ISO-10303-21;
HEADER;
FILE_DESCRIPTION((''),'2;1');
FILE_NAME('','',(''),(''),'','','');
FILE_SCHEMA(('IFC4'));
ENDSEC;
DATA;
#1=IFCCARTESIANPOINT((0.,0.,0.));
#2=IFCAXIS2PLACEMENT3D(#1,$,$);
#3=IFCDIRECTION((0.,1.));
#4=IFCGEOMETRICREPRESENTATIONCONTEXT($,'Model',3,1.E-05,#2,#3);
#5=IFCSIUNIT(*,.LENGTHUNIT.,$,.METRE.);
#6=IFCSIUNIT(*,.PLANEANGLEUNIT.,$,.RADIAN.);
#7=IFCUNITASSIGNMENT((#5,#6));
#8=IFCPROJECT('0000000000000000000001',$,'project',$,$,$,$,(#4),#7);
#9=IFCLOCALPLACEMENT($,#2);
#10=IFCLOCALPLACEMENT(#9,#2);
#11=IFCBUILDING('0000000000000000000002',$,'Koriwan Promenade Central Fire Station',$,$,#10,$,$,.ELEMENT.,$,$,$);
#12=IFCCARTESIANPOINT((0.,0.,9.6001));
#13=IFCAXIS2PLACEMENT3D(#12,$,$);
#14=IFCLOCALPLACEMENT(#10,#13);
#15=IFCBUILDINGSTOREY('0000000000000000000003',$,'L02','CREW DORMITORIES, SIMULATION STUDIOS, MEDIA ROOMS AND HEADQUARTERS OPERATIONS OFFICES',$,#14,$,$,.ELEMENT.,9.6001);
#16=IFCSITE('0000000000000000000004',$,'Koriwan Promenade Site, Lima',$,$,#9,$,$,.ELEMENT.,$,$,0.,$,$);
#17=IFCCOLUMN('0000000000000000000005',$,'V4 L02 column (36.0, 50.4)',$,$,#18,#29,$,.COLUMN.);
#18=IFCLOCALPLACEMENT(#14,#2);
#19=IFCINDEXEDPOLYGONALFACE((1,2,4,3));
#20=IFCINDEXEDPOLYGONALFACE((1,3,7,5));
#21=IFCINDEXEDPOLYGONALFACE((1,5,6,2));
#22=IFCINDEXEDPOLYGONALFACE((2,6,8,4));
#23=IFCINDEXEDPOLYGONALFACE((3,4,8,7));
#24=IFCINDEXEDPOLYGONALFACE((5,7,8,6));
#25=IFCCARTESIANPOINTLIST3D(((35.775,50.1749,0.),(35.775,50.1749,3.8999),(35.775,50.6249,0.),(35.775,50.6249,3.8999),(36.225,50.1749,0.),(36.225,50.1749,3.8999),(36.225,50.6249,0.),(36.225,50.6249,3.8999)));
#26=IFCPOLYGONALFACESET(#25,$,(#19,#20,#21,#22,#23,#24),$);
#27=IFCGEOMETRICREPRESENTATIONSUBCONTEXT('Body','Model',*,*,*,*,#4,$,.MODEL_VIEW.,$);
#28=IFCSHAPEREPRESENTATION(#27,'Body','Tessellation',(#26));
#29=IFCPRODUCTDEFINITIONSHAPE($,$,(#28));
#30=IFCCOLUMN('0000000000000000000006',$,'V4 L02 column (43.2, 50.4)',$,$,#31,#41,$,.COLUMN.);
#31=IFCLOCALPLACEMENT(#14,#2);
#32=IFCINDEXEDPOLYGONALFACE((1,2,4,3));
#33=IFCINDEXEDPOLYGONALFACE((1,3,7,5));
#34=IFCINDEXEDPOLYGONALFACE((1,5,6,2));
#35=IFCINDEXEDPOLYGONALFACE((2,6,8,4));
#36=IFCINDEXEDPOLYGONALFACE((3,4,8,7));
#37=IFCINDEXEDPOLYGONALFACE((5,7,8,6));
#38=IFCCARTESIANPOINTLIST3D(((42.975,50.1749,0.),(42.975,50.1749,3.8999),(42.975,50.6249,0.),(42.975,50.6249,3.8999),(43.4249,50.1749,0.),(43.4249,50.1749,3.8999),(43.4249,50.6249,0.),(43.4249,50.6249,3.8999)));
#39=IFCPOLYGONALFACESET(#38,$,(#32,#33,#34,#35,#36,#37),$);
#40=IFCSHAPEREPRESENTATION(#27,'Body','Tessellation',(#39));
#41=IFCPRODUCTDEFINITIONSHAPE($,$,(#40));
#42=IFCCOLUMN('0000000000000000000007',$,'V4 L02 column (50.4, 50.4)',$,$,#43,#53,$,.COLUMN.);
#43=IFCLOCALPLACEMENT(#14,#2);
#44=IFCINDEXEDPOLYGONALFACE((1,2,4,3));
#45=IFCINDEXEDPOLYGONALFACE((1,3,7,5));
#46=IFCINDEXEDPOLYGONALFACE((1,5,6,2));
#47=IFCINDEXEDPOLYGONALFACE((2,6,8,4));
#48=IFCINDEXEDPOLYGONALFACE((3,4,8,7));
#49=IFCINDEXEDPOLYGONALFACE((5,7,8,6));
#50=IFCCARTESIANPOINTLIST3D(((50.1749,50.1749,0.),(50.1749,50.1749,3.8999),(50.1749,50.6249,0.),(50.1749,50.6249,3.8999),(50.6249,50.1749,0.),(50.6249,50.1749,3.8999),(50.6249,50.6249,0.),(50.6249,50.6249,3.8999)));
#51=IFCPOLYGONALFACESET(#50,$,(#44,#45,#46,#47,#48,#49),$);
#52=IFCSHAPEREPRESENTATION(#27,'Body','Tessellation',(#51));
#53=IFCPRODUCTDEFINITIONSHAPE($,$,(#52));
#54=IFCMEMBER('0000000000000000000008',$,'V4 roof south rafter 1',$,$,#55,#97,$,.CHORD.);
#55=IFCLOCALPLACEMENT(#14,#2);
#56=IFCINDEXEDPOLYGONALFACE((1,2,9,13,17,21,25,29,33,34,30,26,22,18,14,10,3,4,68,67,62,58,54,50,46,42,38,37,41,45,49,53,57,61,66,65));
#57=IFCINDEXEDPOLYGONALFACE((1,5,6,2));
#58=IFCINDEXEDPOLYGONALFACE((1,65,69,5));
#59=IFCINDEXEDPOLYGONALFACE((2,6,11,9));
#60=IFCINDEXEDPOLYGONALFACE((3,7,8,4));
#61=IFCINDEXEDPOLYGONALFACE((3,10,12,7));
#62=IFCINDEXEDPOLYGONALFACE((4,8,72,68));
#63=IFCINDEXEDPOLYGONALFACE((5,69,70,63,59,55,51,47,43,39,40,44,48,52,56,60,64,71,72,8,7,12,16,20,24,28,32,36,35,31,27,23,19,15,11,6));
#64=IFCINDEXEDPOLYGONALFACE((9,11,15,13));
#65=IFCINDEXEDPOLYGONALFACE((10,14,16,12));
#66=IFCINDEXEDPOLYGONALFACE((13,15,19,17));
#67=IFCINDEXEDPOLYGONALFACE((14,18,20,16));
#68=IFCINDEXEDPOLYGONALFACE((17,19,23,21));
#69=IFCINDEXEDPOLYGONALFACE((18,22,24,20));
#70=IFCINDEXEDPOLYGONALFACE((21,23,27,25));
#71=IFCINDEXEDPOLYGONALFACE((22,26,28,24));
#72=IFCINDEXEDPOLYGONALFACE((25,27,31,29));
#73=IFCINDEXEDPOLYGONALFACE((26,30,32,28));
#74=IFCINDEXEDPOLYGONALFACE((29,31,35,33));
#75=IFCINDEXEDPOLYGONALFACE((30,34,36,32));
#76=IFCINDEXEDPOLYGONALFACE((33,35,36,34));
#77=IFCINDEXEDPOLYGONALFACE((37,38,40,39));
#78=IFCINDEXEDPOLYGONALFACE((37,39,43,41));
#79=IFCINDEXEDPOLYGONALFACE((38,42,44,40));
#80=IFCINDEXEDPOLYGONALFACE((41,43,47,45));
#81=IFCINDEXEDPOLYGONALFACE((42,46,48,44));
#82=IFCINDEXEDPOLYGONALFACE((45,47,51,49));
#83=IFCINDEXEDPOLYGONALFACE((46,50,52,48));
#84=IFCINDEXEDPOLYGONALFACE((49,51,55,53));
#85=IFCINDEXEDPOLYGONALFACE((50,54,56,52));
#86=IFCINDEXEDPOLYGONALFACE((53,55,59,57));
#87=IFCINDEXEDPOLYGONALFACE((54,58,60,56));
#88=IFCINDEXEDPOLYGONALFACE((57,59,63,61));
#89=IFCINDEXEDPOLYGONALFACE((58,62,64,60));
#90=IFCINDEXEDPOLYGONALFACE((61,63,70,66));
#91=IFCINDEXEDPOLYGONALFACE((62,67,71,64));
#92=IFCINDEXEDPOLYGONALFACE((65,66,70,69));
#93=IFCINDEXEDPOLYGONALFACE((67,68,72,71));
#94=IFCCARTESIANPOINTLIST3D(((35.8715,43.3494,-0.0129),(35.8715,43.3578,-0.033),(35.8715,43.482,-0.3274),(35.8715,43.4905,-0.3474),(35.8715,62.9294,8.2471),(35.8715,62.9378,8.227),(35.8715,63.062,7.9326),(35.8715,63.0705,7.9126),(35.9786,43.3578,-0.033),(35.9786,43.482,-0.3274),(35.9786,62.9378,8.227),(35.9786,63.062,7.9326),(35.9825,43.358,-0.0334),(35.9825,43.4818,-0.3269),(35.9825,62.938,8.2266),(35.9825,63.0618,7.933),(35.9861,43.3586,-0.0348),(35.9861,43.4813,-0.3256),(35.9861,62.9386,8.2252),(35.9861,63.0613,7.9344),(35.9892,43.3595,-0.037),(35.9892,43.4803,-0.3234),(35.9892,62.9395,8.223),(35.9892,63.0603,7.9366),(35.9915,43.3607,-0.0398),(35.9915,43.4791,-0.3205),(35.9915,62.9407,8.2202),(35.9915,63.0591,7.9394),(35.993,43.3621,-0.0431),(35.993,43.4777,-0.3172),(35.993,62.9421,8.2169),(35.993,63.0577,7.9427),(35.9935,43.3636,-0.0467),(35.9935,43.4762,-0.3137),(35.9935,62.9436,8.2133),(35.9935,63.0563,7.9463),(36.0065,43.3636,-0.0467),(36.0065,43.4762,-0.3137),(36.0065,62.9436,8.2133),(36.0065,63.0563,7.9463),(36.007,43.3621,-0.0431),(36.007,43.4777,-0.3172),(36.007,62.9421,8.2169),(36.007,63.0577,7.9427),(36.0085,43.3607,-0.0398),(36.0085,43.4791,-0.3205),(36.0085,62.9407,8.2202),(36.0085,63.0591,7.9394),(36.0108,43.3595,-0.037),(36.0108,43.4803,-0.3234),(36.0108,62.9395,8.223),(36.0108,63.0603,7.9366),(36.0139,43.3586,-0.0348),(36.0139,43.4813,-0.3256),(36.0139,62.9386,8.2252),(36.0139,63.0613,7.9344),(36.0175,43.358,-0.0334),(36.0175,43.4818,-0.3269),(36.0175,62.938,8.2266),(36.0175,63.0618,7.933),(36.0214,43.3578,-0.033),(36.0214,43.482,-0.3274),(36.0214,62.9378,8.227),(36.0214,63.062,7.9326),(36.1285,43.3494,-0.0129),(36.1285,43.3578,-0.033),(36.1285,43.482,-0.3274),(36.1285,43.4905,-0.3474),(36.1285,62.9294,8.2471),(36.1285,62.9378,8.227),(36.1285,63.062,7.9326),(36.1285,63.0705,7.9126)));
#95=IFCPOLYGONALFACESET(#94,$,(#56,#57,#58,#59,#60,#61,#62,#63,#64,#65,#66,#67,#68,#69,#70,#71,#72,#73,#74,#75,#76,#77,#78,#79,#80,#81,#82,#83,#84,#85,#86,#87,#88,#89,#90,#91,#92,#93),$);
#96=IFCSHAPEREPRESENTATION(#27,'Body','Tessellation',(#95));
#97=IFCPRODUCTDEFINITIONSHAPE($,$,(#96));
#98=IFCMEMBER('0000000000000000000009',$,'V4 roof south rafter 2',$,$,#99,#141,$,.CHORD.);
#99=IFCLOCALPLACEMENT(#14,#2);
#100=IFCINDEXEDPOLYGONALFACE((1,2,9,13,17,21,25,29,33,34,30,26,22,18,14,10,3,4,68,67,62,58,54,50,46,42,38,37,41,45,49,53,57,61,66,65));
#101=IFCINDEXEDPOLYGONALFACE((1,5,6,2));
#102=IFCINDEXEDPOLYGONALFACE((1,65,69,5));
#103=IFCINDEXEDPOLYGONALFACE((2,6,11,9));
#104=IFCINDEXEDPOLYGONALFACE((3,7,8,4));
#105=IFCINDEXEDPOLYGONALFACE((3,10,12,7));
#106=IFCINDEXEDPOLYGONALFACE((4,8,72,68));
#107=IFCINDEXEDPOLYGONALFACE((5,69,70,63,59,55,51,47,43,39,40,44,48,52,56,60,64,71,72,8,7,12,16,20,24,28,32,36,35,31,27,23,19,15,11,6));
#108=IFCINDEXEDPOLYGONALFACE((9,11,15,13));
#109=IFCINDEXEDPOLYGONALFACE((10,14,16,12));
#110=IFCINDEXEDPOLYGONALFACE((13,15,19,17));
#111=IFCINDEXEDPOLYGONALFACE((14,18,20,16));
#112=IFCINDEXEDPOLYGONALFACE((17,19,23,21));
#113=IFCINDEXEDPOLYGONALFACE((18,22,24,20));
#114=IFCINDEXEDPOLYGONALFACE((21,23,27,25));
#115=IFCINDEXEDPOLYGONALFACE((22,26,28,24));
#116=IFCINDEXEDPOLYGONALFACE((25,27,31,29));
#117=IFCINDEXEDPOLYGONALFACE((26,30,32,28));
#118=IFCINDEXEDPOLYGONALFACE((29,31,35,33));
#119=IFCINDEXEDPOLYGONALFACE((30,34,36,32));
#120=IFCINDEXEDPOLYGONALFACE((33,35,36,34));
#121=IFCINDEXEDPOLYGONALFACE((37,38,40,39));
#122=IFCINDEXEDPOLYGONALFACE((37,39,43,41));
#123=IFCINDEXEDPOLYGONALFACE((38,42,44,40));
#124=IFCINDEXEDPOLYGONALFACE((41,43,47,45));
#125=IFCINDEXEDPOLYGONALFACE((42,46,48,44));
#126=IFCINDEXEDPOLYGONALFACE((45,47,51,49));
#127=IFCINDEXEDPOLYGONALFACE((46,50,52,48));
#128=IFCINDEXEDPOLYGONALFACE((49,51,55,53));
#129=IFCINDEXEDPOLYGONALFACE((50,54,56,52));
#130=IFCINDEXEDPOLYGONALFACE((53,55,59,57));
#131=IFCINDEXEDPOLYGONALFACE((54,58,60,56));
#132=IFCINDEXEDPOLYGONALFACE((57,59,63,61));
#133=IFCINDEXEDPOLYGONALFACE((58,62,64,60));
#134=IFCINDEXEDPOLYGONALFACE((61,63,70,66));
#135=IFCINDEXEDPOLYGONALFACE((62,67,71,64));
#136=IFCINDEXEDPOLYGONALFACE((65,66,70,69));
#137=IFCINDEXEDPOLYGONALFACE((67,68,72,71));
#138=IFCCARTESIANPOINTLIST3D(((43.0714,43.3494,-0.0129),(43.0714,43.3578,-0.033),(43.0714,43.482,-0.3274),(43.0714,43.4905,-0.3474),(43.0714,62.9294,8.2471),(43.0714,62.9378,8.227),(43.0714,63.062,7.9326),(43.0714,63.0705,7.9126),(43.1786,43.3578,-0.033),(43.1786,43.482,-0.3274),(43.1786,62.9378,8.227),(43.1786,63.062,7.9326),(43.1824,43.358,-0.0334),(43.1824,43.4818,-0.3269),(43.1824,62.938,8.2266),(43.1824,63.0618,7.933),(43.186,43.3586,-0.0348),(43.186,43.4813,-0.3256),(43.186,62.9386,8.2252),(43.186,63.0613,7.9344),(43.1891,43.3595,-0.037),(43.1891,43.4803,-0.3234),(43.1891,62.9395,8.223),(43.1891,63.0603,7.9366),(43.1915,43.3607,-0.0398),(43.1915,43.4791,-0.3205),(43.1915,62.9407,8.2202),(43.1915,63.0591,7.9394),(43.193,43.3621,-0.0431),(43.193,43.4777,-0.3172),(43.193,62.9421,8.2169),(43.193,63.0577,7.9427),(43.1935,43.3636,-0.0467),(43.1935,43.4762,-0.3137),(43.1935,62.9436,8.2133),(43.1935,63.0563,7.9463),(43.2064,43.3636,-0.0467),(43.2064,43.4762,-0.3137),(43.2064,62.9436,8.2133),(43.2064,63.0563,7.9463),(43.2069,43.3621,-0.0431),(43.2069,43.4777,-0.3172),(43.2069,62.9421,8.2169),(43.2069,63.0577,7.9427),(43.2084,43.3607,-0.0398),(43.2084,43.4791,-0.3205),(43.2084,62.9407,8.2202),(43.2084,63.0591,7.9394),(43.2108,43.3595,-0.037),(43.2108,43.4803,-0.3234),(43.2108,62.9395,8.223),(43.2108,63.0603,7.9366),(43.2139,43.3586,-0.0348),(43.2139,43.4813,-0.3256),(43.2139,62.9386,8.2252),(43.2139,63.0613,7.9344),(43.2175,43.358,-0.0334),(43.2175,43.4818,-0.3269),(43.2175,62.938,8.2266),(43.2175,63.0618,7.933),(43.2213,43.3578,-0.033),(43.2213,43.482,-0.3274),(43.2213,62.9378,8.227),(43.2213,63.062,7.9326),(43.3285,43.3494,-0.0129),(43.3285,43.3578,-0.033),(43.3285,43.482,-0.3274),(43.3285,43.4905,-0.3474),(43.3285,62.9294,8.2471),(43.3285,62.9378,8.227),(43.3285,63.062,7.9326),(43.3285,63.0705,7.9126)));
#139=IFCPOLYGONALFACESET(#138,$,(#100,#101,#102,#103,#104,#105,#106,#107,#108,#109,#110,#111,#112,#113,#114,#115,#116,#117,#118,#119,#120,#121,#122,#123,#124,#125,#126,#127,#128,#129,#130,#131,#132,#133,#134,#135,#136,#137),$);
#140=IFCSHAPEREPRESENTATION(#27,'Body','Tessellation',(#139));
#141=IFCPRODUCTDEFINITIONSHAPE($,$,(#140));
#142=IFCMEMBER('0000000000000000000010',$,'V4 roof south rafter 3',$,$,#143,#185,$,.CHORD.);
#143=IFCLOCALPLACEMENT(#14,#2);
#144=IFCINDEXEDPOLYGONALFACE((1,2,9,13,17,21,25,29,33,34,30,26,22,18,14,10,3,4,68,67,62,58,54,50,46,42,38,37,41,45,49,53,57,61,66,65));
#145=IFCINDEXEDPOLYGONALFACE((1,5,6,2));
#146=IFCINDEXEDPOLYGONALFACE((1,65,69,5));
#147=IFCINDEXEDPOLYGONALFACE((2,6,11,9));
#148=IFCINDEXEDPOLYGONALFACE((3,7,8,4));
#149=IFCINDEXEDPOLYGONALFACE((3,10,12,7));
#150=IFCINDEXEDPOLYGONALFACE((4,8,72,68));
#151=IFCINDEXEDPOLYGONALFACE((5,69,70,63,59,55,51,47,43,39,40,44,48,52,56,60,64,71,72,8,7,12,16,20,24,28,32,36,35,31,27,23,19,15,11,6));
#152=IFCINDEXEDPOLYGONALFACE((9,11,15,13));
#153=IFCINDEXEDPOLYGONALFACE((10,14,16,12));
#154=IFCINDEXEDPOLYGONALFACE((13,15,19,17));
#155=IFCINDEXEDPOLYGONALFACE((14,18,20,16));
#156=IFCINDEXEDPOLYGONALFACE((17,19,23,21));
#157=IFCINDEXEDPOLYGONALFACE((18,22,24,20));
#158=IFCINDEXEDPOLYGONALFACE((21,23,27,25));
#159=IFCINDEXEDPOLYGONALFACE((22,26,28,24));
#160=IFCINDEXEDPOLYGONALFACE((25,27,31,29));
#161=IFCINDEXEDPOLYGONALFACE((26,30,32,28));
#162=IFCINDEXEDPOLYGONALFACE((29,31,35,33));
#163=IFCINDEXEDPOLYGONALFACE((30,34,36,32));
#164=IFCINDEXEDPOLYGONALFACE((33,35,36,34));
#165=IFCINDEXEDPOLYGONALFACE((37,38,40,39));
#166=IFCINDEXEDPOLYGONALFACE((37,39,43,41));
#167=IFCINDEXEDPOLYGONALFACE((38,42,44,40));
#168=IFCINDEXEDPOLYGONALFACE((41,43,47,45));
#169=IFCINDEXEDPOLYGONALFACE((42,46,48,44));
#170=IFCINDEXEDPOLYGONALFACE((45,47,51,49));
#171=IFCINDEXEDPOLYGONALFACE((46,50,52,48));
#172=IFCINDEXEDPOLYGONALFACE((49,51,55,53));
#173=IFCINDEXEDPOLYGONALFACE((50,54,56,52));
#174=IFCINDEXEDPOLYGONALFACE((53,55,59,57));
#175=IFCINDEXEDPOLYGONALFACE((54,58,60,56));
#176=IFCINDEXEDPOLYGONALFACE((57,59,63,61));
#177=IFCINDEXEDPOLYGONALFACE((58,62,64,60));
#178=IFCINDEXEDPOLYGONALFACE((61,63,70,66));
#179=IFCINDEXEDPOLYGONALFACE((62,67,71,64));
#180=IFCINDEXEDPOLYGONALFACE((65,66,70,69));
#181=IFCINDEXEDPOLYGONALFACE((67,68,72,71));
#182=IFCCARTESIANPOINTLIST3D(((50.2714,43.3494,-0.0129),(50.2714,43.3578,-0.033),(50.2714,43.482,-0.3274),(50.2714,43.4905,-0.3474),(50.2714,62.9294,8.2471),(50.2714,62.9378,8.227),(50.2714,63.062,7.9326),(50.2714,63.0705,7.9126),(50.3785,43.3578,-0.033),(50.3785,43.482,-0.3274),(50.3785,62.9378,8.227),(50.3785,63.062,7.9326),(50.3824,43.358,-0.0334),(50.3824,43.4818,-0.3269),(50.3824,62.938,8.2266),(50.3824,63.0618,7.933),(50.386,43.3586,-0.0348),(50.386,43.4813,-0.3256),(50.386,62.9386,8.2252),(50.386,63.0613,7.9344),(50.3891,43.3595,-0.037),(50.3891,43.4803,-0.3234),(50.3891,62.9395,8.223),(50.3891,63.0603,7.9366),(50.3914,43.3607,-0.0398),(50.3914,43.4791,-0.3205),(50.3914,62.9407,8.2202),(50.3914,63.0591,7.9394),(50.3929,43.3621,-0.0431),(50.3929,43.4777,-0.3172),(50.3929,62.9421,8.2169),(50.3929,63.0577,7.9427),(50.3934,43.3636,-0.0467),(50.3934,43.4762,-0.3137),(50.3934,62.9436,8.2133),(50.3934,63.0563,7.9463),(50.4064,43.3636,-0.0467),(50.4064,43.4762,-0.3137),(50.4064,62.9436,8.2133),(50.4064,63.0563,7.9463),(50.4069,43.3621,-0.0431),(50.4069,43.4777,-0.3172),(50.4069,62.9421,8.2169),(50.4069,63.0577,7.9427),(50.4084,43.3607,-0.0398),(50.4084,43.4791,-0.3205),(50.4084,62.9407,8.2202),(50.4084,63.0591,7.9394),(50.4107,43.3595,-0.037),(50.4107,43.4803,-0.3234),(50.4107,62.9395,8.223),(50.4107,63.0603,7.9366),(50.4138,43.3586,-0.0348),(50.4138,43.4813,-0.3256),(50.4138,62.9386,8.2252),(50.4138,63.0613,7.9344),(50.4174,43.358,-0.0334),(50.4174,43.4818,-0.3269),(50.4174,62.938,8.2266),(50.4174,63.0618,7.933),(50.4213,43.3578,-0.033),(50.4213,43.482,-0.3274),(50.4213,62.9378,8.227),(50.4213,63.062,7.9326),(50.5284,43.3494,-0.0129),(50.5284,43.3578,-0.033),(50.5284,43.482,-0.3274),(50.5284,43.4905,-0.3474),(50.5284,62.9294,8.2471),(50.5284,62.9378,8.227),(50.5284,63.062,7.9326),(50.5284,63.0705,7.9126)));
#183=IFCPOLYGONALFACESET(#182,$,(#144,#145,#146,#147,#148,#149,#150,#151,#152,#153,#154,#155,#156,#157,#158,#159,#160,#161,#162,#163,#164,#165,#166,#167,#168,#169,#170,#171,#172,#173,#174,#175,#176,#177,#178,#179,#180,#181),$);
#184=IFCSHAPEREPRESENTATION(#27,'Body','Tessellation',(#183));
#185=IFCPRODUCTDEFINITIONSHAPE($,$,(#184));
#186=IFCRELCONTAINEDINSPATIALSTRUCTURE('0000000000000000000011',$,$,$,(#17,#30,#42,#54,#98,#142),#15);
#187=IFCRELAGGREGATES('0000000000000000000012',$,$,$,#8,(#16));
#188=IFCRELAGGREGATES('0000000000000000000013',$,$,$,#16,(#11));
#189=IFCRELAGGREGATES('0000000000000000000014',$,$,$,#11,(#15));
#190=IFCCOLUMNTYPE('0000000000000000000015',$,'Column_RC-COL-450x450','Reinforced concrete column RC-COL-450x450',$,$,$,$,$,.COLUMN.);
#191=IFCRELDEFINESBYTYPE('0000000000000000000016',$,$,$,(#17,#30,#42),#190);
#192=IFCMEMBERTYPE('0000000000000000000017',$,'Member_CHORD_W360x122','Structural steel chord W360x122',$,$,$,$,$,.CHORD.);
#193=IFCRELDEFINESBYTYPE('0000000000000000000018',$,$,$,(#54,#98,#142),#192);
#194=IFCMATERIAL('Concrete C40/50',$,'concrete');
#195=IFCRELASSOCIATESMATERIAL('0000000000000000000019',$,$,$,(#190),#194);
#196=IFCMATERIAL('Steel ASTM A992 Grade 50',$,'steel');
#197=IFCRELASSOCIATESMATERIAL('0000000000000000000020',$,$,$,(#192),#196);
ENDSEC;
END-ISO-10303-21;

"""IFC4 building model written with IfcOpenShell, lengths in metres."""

from ifc_helpers import new_model, si_unit, direction, frame, origin, origin_2d, place, context, subcontext, project, spatial, rectangle, i_section, extrude, material, material_profile, profile_set, type_object, element, save


model = new_model("IFC4")

# Units and contexts
model_context = context("Model", 3, precision=1e-05, world=origin(), true_north=direction((0.0, 1.0)))
body_context = subcontext(model_context, "Body", "Model", "MODEL_VIEW")
ifc_project = project(units=[si_unit("LENGTHUNIT", "METRE"), si_unit("PLANEANGLEUNIT", "RADIAN")], contexts=[model_context])

# Site, building, storey
site_placement = place(None, origin())
site = spatial("IfcSite", under=ifc_project, at=site_placement, Name="Koriwan Promenade Site, Lima", CompositionType="ELEMENT", RefElevation=0.0)
building_placement = place(site_placement, origin())
building = spatial("IfcBuilding", under=site, at=building_placement, Name="Koriwan Promenade Central Fire Station", CompositionType="ELEMENT")
storey_placement = place(building_placement, frame((0.0, 0.0, 9.6001)))
storey = spatial("IfcBuildingStorey", under=building, at=storey_placement, Name="L02", Description="CREW DORMITORIES, SIMULATION STUDIOS, MEDIA ROOMS AND HEADQUARTERS OPERATIONS OFFICES", CompositionType="ELEMENT", Elevation=9.6001)

# Columns
ifc_material_1 = material(Name="Concrete C40/50", Category="concrete")
ifc_material_profile_1 = material_profile(ifc_material_1, rectangle(XDim=0.45, YDim=0.45, at=origin_2d()), Name="RC-COL-450x450")
ifc_profile_set_1 = profile_set([ifc_material_profile_1], Name="Concrete C40/50")
column_type = type_object("IfcColumnType", Name="Column_RC-COL-450x450", Description="Reinforced concrete column RC-COL-450x450", PredefinedType="COLUMN", material=ifc_profile_set_1)
for number, where, z_axis, x_axis, name in (
    (1, (36.0, 50.3999, 0.0), (0.0, 0.0, 1.0), (1.0, 0.0, 0.0), "V4 L02 column (36.0, 50.4)"),
    (2, (43.2, 50.3999, 0.0), (0.0, 0.0, 1.0), (1.0, 0.0, 0.0), "V4 L02 column (43.2, 50.4)"),
    (3, (50.3999, 50.3999, 0.0), (0.0, 0.0, 1.0), (1.0, 0.0, 0.0), "V4 L02 column (50.4, 50.4)"),
):
    element("IfcColumn", number, at=place(storey_placement, frame(where, z_axis=z_axis, x_axis=x_axis)), inside=storey, type_object=column_type, Name=name, PredefinedType="COLUMN", context=body_context, shape_type="SweptSolid", body=[
        extrude(rectangle(XDim=0.45, YDim=0.45, at=origin_2d()), origin(), (0.0, 0.0, 1.0), 3.8999),
    ])

# Members
ifc_material_2 = material(Name="Steel ASTM A992 Grade 50", Category="steel")
ifc_material_profile_2 = material_profile(ifc_material_2, i_section(OverallWidth=0.2571, OverallDepth=0.363, WebThickness=0.0129, FlangeThickness=0.0217, FilletRadius=0.0149, at=origin_2d()), Name="W360x122")
ifc_profile_set_2 = profile_set([ifc_material_profile_2], Name="Steel ASTM A992 Grade 50")
member_type_1 = type_object("IfcMemberType", Name="Member_CHORD_W360x122", Description="Structural steel chord W360x122", PredefinedType="CHORD", material=ifc_profile_set_2)
for number, where, z_axis, x_axis, name in (
    (4, (36.0, 43.4199, -0.1802), (0.0, 0.92137, 0.388687), (-1.0, 0.0, 0.0), "V4 roof south rafter 1"),
    (5, (43.2, 43.4199, -0.1802), (0.0, 0.92137, 0.388687), (-1.0, 0.0, 0.0), "V4 roof south rafter 2"),
    (6, (50.3999, 43.4199, -0.1802), (0.0, 0.92137, 0.388687), (-1.0, 0.0, 0.0), "V4 roof south rafter 3"),
):
    element("IfcMember", number, at=place(storey_placement, frame(where, z_axis=z_axis, x_axis=x_axis)), inside=storey, type_object=member_type_1, Name=name, PredefinedType="CHORD", context=body_context, shape_type="SweptSolid", body=[
        extrude(i_section(OverallWidth=0.2571, OverallDepth=0.363, WebThickness=0.0129, FlangeThickness=0.0217, FilletRadius=0.0149, at=origin_2d()), origin(), (0.0, 0.0, 1.0), 21.251),
    ])

save(model, "model.ifc")
